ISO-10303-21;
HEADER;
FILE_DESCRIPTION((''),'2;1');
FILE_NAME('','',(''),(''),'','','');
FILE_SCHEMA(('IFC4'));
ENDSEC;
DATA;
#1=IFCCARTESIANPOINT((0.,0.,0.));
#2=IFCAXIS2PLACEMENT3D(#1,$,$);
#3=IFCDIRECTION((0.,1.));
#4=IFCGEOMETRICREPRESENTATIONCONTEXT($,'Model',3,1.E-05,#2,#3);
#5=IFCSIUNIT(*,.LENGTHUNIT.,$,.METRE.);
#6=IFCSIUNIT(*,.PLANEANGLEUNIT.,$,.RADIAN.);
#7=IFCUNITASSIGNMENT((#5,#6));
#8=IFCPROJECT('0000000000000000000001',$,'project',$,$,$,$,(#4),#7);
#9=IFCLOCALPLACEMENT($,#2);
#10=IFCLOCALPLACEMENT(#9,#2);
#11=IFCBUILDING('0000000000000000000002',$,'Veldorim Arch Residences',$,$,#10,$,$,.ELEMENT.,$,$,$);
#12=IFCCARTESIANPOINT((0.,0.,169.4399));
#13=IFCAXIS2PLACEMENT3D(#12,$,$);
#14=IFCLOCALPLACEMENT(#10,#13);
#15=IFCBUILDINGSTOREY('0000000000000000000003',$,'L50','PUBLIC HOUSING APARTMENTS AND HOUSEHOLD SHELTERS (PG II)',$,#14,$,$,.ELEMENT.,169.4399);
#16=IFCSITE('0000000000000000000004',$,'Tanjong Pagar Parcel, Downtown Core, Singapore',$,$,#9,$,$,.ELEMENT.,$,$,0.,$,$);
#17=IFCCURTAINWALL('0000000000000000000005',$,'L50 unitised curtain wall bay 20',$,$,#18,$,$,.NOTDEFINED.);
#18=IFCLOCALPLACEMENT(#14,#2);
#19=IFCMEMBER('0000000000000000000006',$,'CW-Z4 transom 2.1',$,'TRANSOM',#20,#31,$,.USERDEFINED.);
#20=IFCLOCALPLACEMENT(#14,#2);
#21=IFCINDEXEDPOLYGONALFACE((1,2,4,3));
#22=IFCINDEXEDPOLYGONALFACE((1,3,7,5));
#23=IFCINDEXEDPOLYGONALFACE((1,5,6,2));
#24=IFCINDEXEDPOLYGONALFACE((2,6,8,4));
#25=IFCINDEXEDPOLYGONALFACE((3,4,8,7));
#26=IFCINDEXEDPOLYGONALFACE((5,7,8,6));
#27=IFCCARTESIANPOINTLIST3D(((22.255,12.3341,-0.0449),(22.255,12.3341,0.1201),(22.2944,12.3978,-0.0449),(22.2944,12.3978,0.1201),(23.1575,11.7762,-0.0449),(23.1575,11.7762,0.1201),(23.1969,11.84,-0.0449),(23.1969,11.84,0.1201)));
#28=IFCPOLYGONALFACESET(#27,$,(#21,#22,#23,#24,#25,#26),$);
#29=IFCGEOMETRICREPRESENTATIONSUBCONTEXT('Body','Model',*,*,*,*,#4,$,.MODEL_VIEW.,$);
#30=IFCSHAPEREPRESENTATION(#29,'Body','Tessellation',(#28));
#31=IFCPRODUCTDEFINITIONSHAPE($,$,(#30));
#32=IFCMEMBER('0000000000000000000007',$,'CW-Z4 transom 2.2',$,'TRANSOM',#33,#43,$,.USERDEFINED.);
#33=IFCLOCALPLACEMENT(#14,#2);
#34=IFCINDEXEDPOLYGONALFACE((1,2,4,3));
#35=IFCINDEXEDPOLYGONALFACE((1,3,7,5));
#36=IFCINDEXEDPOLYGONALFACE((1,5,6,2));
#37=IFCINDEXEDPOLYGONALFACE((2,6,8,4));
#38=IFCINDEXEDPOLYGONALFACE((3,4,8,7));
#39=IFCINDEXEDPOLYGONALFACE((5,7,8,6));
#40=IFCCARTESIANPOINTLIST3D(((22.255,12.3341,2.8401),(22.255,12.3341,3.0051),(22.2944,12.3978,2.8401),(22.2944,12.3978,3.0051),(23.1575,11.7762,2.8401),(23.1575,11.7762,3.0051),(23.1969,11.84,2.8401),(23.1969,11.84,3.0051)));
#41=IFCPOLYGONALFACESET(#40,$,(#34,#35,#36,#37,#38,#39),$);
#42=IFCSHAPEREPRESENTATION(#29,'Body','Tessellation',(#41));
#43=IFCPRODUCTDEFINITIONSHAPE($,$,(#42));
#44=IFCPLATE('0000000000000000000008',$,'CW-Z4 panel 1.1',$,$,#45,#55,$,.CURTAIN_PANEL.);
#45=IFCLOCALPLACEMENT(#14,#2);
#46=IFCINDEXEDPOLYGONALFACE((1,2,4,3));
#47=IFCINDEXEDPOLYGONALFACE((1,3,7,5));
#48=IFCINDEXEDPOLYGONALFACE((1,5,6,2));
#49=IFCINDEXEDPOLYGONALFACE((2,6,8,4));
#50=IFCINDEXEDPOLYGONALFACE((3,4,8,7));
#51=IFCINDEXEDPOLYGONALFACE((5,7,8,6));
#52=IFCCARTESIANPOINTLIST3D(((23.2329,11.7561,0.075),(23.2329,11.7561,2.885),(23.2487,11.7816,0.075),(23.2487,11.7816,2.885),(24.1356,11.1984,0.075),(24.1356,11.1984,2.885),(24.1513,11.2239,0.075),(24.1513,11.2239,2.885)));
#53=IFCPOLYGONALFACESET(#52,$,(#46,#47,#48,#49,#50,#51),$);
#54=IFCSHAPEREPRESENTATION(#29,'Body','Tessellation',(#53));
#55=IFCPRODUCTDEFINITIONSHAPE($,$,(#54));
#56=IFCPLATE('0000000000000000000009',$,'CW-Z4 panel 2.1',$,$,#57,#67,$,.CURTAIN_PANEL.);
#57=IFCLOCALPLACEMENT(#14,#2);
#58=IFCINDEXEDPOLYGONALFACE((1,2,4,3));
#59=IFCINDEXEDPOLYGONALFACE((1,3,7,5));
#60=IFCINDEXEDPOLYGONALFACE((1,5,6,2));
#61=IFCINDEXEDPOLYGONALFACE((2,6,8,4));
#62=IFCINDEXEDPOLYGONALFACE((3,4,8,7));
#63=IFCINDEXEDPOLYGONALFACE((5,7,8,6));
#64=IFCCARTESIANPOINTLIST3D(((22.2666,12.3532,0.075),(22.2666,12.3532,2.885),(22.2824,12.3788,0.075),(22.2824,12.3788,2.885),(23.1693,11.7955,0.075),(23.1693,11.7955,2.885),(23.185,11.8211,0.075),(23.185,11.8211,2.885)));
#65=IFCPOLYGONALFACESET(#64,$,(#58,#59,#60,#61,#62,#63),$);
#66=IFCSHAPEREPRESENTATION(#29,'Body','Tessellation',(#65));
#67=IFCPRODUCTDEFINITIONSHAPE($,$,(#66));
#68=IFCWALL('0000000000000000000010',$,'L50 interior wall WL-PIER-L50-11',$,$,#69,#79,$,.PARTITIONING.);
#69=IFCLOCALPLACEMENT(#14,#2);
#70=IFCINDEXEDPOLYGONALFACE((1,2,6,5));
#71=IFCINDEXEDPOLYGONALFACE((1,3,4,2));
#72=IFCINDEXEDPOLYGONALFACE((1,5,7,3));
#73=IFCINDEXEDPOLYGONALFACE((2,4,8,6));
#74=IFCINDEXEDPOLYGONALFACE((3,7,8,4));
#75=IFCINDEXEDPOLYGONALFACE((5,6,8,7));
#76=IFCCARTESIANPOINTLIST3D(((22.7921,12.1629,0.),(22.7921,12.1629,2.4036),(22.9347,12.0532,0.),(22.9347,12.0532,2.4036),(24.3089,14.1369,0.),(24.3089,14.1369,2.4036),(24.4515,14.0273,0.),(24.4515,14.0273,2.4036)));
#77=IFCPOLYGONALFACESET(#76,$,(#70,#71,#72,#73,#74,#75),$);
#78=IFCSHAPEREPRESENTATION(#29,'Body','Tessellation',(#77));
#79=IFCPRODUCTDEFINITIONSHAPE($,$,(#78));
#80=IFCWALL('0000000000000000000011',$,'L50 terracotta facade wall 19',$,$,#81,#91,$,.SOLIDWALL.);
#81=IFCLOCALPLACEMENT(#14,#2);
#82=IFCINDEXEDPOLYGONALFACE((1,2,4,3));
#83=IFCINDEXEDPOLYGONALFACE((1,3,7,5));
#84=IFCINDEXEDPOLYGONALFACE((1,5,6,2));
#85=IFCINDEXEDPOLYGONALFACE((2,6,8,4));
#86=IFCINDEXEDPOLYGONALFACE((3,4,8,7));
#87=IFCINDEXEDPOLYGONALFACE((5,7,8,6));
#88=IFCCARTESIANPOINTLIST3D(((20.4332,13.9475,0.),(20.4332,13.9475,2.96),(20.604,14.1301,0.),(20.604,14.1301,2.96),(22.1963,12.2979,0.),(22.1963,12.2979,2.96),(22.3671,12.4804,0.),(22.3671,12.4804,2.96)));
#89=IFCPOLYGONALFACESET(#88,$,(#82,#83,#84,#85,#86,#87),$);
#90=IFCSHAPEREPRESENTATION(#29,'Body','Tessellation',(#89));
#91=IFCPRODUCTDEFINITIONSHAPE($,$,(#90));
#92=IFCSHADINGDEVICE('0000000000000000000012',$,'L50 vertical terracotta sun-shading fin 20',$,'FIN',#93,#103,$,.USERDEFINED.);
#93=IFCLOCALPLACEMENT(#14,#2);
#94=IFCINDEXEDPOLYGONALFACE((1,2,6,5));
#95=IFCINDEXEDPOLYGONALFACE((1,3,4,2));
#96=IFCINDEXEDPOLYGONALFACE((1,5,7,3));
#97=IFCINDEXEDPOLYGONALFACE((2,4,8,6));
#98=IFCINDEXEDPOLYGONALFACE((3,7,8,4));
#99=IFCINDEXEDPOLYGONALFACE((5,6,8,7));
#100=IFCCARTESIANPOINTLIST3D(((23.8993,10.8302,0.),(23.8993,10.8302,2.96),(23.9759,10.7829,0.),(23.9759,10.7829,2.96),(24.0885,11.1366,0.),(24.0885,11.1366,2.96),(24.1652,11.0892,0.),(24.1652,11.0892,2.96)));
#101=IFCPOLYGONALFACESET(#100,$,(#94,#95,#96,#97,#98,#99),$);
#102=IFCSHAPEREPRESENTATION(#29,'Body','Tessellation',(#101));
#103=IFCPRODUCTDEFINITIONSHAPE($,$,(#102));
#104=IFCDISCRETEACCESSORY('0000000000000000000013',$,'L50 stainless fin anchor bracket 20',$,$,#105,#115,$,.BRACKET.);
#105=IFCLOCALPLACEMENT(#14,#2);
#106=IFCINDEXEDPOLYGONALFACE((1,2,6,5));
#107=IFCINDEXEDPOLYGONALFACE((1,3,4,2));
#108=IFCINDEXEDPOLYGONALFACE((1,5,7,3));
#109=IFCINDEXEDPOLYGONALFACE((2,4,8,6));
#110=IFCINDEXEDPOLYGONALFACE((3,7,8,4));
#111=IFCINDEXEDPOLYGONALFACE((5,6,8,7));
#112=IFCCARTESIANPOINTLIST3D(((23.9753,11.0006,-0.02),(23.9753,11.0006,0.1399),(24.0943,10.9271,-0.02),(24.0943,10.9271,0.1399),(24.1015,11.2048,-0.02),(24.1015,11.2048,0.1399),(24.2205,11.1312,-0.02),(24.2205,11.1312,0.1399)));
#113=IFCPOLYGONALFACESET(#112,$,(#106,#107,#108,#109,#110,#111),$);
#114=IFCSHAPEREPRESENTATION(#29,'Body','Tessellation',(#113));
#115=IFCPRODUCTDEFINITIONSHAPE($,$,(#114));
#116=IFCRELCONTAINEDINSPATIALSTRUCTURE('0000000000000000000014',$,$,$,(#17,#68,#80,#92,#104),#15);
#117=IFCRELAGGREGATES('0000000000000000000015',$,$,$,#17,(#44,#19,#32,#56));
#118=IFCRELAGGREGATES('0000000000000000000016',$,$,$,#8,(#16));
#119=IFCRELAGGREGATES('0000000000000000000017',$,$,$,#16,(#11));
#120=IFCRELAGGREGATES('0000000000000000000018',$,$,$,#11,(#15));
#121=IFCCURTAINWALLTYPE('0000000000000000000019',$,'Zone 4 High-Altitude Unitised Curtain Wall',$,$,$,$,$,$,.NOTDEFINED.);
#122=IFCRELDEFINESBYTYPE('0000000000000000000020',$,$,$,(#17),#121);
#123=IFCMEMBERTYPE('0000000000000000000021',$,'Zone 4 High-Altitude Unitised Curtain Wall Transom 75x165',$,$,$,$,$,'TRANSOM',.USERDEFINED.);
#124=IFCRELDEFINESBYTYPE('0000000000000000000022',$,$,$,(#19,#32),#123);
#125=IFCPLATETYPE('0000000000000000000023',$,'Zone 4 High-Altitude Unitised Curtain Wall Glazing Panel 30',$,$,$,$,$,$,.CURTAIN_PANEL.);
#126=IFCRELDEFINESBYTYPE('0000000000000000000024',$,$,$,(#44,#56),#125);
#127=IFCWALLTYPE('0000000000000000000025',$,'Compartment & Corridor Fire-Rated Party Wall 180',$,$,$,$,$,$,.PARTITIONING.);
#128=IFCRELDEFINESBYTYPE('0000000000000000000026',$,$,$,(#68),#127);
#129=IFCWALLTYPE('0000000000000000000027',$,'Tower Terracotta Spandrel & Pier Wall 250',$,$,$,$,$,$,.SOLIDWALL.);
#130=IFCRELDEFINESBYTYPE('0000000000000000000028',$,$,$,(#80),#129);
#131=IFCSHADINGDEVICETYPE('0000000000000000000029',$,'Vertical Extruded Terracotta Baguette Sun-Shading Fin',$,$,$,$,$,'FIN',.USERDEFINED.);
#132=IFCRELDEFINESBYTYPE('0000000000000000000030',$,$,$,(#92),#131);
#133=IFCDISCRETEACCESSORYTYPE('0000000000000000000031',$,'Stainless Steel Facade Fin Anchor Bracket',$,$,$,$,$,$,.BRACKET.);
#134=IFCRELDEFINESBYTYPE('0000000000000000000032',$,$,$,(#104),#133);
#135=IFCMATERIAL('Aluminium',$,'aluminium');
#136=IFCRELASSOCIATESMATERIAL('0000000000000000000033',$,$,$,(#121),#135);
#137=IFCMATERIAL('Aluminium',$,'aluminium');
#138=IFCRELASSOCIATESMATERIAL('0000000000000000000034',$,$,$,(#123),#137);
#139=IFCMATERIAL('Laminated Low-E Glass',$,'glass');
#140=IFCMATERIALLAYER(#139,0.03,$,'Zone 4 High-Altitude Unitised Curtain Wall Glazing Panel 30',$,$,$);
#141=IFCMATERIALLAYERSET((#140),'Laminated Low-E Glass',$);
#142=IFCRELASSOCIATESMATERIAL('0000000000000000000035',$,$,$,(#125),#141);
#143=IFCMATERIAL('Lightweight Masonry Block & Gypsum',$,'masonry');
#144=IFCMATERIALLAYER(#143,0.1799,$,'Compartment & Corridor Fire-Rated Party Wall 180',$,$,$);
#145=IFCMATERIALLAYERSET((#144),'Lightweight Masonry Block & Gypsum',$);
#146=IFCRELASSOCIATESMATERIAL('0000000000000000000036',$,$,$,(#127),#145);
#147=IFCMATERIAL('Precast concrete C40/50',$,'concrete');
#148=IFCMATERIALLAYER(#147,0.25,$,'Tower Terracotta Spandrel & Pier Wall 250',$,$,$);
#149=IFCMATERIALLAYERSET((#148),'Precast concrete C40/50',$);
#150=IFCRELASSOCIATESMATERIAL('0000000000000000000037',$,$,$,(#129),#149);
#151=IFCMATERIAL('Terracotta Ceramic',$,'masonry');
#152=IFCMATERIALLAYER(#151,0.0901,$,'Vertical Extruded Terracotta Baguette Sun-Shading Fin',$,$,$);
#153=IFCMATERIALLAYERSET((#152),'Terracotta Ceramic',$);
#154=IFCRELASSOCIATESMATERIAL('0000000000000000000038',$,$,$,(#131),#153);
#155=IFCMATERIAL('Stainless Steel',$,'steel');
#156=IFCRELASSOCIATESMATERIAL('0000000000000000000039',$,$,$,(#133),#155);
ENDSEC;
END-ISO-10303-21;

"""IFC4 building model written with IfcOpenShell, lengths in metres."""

from ifc_helpers import new_model, si_unit, direction, frame, frame_2d, origin, origin_2d, place, context, subcontext, project, spatial, rectangle, extrude, material, layer, layer_set, material_profile, profile_set, type_object, element, aggregate, save


model = new_model("IFC4")

# Units and contexts
model_context = context("Model", 3, precision=1e-05, world=origin(), true_north=direction((0.0, 1.0)))
body_context = subcontext(model_context, "Body", "Model", "MODEL_VIEW")
ifc_project = project(units=[si_unit("LENGTHUNIT", "METRE"), si_unit("PLANEANGLEUNIT", "RADIAN")], contexts=[model_context])

# Site, building, storey
site_placement = place(None, origin())
site = spatial("IfcSite", under=ifc_project, at=site_placement, Name="Tanjong Pagar Parcel, Downtown Core, Singapore", CompositionType="ELEMENT", RefElevation=0.0)
building_placement = place(site_placement, origin())
building = spatial("IfcBuilding", under=site, at=building_placement, Name="Veldorim Arch Residences", CompositionType="ELEMENT")
storey_placement = place(building_placement, frame((0.0, 0.0, 169.4399)))
storey = spatial("IfcBuildingStorey", under=building, at=storey_placement, Name="L50", Description="PUBLIC HOUSING APARTMENTS AND HOUSEHOLD SHELTERS (PG II)", CompositionType="ELEMENT", Elevation=169.4399)

# Curtain wall, members, plates
ifc_material_1 = material(Name="Aluminium", Category="aluminium")
curtain_wall_type = type_object("IfcCurtainWallType", Name="Zone 4 High-Altitude Unitised Curtain Wall", PredefinedType="NOTDEFINED", material=ifc_material_1)
curtain_wall_placement = place(storey_placement, origin())
curtain_wall = element("IfcCurtainWall", 1, at=curtain_wall_placement, inside=storey, type_object=curtain_wall_type, Name="L50 unitised curtain wall bay 20", PredefinedType="NOTDEFINED")
ifc_material_2 = material(Name="Aluminium", Category="aluminium")
ifc_material_profile_1 = material_profile(ifc_material_2, rectangle(XDim=0.075, YDim=0.165, at=origin_2d()), Name="ALU_TRN_75x165")
ifc_profile_set_1 = profile_set([ifc_material_profile_1], Name="Aluminium")
member_type_1 = type_object("IfcMemberType", Name="Zone 4 High-Altitude Unitised Curtain Wall Transom 75x165", ElementType="TRANSOM", PredefinedType="USERDEFINED", material=ifc_profile_set_1)
member_1_placement = place(storey_placement, frame((23.1772, 11.8081, 0.0376), z_axis=(-0.850638, 0.525752, 0.0), x_axis=(-0.525752, -0.850638, 0.0)))
member_1 = element("IfcMember", 2, at=member_1_placement, type_object=member_type_1, Name="CW-Z4 transom 2.1", ObjectType="TRANSOM", PredefinedType="USERDEFINED", context=body_context, shape_type="SweptSolid", body=[
    extrude(rectangle(XDim=0.075, YDim=0.165, at=origin_2d()), origin(), (0.0, 0.0, 1.0), 1.061),
])
member_2_placement = place(storey_placement, frame((23.1772, 11.8081, 2.9226), z_axis=(-0.850638, 0.525752, 0.0), x_axis=(-0.525752, -0.850638, 0.0)))
member_2 = element("IfcMember", 3, at=member_2_placement, type_object=member_type_1, Name="CW-Z4 transom 2.2", ObjectType="TRANSOM", PredefinedType="USERDEFINED", context=body_context, shape_type="SweptSolid", body=[
    extrude(rectangle(XDim=0.075, YDim=0.165, at=origin_2d()), origin(), (0.0, 0.0, 1.0), 1.061),
])
ifc_material_3 = material(Name="Laminated Low-E Glass", Category="glass")
ifc_layer_1 = layer(ifc_material_3, 0.03, Name="Zone 4 High-Altitude Unitised Curtain Wall Glazing Panel 30")
ifc_layer_set_1 = layer_set([ifc_layer_1], Name="Laminated Low-E Glass")
plate_type = type_object("IfcPlateType", Name="Zone 4 High-Altitude Unitised Curtain Wall Glazing Panel 30", PredefinedType="CURTAIN_PANEL", material=ifc_layer_set_1)
plate_1_placement = place(storey_placement, frame((23.6921, 11.49, 0.075), z_axis=(0.0, 0.0, 1.0), x_axis=(-0.850709, 0.525637, 0.0)))
plate_1 = element("IfcPlate", 4, at=plate_1_placement, type_object=plate_type, Name="CW-Z4 panel 1.1", PredefinedType="CURTAIN_PANEL", context=body_context, shape_type="SweptSolid", body=[
    extrude(rectangle(XDim=1.061, YDim=0.03, at=origin_2d()), origin(), (0.0, 0.0, 1.0), 2.8101),
])
plate_2_placement = place(storey_placement, frame((22.7258, 12.0872, 0.075), z_axis=(0.0, 0.0, 1.0), x_axis=(-0.850709, 0.525637, 0.0)))
plate_2 = element("IfcPlate", 5, at=plate_2_placement, type_object=plate_type, Name="CW-Z4 panel 2.1", PredefinedType="CURTAIN_PANEL", context=body_context, shape_type="SweptSolid", body=[
    extrude(rectangle(XDim=1.061, YDim=0.03, at=origin_2d()), origin(), (0.0, 0.0, 1.0), 2.8101),
])
aggregate(curtain_wall, [plate_1, member_1, member_2, plate_2])

# Wall
ifc_material_4 = material(Name="Lightweight Masonry Block & Gypsum", Category="masonry")
ifc_layer_2 = layer(ifc_material_4, 0.1799, Name="Compartment & Corridor Fire-Rated Party Wall 180")
ifc_layer_set_2 = layer_set([ifc_layer_2], Name="Lightweight Masonry Block & Gypsum")
wall_type_1 = type_object("IfcWallType", Name="Compartment & Corridor Fire-Rated Party Wall 180", PredefinedType="PARTITIONING", material=ifc_layer_set_2)
wall_1_placement = place(storey_placement, frame((24.3801, 14.082, 0.0), z_axis=(0.0, 0.0, 1.0), x_axis=(-0.609279, -0.792956, 0.0)))
element("IfcWall", 6, at=wall_1_placement, inside=storey, type_object=wall_type_1, Name="L50 interior wall WL-PIER-L50-11", PredefinedType="PARTITIONING", context=body_context, shape_type="SweptSolid", body=[
    extrude(rectangle(XDim=2.4895, YDim=0.1799, at=frame_2d((1.2446, 0.0))), origin(), (0.0, 0.0, 1.0), 2.4036),
])

# Wall
ifc_material_5 = material(Name="Precast concrete C40/50", Category="concrete")
ifc_layer_3 = layer(ifc_material_5, 0.25, Name="Tower Terracotta Spandrel & Pier Wall 250")
ifc_layer_set_3 = layer_set([ifc_layer_3], Name="Precast concrete C40/50")
wall_type_2 = type_object("IfcWallType", Name="Tower Terracotta Spandrel & Pier Wall 250", PredefinedType="SOLIDWALL", material=ifc_layer_set_3)
wall_2_placement = place(storey_placement, frame((22.2817, 12.3892, 0.0), z_axis=(0.0, 0.0, 1.0), x_axis=(-0.730224, 0.683208, 0.0)))
element("IfcWall", 7, at=wall_2_placement, inside=storey, type_object=wall_type_2, Name="L50 terracotta facade wall 19", PredefinedType="SOLIDWALL", context=body_context, shape_type="SweptSolid", body=[
    extrude(rectangle(XDim=2.4146, YDim=0.25, at=frame_2d((1.2073, 0.0))), origin(), (0.0, 0.0, 1.0), 2.96),
])

# Shading device
ifc_material_6 = material(Name="Terracotta Ceramic", Category="masonry")
ifc_layer_4 = layer(ifc_material_6, 0.0901, Name="Vertical Extruded Terracotta Baguette Sun-Shading Fin")
ifc_layer_set_4 = layer_set([ifc_layer_4], Name="Terracotta Ceramic")
shading_device_type = type_object("IfcShadingDeviceType", Name="Vertical Extruded Terracotta Baguette Sun-Shading Fin", ElementType="FIN", PredefinedType="USERDEFINED", material=ifc_layer_set_4)
shading_device_placement = place(storey_placement, frame((24.0322, 10.9597, 0.0), z_axis=(0.0, 0.0, 1.0), x_axis=(-0.850719, 0.52562, 0.0)))
element("IfcShadingDevice", 8, at=shading_device_placement, inside=storey, type_object=shading_device_type, Name="L50 vertical terracotta sun-shading fin 20", ObjectType="FIN", PredefinedType="USERDEFINED", context=body_context, shape_type="SweptSolid", body=[
    extrude(rectangle(XDim=0.0901, YDim=0.3601, at=origin_2d()), origin(), (0.0, 0.0, 1.0), 2.96),
])

# Discrete accessory
ifc_material_7 = material(Name="Stainless Steel", Category="steel")
discrete_accessory_type = type_object("IfcDiscreteAccessoryType", Name="Stainless Steel Facade Fin Anchor Bracket", PredefinedType="BRACKET", material=ifc_material_7)
discrete_accessory_placement = place(storey_placement, frame((24.0979, 11.0659, -0.02), z_axis=(0.0, 0.0, 1.0), x_axis=(-0.850719, 0.52562, 0.0)))
element("IfcDiscreteAccessory", 9, at=discrete_accessory_placement, inside=storey, type_object=discrete_accessory_type, Name="L50 stainless fin anchor bracket 20", PredefinedType="BRACKET", context=body_context, shape_type="SweptSolid", body=[
    extrude(rectangle(XDim=0.1399, YDim=0.24, at=origin_2d()), origin(), (0.0, 0.0, 1.0), 0.1599),
])

save(model, "model.ifc")
